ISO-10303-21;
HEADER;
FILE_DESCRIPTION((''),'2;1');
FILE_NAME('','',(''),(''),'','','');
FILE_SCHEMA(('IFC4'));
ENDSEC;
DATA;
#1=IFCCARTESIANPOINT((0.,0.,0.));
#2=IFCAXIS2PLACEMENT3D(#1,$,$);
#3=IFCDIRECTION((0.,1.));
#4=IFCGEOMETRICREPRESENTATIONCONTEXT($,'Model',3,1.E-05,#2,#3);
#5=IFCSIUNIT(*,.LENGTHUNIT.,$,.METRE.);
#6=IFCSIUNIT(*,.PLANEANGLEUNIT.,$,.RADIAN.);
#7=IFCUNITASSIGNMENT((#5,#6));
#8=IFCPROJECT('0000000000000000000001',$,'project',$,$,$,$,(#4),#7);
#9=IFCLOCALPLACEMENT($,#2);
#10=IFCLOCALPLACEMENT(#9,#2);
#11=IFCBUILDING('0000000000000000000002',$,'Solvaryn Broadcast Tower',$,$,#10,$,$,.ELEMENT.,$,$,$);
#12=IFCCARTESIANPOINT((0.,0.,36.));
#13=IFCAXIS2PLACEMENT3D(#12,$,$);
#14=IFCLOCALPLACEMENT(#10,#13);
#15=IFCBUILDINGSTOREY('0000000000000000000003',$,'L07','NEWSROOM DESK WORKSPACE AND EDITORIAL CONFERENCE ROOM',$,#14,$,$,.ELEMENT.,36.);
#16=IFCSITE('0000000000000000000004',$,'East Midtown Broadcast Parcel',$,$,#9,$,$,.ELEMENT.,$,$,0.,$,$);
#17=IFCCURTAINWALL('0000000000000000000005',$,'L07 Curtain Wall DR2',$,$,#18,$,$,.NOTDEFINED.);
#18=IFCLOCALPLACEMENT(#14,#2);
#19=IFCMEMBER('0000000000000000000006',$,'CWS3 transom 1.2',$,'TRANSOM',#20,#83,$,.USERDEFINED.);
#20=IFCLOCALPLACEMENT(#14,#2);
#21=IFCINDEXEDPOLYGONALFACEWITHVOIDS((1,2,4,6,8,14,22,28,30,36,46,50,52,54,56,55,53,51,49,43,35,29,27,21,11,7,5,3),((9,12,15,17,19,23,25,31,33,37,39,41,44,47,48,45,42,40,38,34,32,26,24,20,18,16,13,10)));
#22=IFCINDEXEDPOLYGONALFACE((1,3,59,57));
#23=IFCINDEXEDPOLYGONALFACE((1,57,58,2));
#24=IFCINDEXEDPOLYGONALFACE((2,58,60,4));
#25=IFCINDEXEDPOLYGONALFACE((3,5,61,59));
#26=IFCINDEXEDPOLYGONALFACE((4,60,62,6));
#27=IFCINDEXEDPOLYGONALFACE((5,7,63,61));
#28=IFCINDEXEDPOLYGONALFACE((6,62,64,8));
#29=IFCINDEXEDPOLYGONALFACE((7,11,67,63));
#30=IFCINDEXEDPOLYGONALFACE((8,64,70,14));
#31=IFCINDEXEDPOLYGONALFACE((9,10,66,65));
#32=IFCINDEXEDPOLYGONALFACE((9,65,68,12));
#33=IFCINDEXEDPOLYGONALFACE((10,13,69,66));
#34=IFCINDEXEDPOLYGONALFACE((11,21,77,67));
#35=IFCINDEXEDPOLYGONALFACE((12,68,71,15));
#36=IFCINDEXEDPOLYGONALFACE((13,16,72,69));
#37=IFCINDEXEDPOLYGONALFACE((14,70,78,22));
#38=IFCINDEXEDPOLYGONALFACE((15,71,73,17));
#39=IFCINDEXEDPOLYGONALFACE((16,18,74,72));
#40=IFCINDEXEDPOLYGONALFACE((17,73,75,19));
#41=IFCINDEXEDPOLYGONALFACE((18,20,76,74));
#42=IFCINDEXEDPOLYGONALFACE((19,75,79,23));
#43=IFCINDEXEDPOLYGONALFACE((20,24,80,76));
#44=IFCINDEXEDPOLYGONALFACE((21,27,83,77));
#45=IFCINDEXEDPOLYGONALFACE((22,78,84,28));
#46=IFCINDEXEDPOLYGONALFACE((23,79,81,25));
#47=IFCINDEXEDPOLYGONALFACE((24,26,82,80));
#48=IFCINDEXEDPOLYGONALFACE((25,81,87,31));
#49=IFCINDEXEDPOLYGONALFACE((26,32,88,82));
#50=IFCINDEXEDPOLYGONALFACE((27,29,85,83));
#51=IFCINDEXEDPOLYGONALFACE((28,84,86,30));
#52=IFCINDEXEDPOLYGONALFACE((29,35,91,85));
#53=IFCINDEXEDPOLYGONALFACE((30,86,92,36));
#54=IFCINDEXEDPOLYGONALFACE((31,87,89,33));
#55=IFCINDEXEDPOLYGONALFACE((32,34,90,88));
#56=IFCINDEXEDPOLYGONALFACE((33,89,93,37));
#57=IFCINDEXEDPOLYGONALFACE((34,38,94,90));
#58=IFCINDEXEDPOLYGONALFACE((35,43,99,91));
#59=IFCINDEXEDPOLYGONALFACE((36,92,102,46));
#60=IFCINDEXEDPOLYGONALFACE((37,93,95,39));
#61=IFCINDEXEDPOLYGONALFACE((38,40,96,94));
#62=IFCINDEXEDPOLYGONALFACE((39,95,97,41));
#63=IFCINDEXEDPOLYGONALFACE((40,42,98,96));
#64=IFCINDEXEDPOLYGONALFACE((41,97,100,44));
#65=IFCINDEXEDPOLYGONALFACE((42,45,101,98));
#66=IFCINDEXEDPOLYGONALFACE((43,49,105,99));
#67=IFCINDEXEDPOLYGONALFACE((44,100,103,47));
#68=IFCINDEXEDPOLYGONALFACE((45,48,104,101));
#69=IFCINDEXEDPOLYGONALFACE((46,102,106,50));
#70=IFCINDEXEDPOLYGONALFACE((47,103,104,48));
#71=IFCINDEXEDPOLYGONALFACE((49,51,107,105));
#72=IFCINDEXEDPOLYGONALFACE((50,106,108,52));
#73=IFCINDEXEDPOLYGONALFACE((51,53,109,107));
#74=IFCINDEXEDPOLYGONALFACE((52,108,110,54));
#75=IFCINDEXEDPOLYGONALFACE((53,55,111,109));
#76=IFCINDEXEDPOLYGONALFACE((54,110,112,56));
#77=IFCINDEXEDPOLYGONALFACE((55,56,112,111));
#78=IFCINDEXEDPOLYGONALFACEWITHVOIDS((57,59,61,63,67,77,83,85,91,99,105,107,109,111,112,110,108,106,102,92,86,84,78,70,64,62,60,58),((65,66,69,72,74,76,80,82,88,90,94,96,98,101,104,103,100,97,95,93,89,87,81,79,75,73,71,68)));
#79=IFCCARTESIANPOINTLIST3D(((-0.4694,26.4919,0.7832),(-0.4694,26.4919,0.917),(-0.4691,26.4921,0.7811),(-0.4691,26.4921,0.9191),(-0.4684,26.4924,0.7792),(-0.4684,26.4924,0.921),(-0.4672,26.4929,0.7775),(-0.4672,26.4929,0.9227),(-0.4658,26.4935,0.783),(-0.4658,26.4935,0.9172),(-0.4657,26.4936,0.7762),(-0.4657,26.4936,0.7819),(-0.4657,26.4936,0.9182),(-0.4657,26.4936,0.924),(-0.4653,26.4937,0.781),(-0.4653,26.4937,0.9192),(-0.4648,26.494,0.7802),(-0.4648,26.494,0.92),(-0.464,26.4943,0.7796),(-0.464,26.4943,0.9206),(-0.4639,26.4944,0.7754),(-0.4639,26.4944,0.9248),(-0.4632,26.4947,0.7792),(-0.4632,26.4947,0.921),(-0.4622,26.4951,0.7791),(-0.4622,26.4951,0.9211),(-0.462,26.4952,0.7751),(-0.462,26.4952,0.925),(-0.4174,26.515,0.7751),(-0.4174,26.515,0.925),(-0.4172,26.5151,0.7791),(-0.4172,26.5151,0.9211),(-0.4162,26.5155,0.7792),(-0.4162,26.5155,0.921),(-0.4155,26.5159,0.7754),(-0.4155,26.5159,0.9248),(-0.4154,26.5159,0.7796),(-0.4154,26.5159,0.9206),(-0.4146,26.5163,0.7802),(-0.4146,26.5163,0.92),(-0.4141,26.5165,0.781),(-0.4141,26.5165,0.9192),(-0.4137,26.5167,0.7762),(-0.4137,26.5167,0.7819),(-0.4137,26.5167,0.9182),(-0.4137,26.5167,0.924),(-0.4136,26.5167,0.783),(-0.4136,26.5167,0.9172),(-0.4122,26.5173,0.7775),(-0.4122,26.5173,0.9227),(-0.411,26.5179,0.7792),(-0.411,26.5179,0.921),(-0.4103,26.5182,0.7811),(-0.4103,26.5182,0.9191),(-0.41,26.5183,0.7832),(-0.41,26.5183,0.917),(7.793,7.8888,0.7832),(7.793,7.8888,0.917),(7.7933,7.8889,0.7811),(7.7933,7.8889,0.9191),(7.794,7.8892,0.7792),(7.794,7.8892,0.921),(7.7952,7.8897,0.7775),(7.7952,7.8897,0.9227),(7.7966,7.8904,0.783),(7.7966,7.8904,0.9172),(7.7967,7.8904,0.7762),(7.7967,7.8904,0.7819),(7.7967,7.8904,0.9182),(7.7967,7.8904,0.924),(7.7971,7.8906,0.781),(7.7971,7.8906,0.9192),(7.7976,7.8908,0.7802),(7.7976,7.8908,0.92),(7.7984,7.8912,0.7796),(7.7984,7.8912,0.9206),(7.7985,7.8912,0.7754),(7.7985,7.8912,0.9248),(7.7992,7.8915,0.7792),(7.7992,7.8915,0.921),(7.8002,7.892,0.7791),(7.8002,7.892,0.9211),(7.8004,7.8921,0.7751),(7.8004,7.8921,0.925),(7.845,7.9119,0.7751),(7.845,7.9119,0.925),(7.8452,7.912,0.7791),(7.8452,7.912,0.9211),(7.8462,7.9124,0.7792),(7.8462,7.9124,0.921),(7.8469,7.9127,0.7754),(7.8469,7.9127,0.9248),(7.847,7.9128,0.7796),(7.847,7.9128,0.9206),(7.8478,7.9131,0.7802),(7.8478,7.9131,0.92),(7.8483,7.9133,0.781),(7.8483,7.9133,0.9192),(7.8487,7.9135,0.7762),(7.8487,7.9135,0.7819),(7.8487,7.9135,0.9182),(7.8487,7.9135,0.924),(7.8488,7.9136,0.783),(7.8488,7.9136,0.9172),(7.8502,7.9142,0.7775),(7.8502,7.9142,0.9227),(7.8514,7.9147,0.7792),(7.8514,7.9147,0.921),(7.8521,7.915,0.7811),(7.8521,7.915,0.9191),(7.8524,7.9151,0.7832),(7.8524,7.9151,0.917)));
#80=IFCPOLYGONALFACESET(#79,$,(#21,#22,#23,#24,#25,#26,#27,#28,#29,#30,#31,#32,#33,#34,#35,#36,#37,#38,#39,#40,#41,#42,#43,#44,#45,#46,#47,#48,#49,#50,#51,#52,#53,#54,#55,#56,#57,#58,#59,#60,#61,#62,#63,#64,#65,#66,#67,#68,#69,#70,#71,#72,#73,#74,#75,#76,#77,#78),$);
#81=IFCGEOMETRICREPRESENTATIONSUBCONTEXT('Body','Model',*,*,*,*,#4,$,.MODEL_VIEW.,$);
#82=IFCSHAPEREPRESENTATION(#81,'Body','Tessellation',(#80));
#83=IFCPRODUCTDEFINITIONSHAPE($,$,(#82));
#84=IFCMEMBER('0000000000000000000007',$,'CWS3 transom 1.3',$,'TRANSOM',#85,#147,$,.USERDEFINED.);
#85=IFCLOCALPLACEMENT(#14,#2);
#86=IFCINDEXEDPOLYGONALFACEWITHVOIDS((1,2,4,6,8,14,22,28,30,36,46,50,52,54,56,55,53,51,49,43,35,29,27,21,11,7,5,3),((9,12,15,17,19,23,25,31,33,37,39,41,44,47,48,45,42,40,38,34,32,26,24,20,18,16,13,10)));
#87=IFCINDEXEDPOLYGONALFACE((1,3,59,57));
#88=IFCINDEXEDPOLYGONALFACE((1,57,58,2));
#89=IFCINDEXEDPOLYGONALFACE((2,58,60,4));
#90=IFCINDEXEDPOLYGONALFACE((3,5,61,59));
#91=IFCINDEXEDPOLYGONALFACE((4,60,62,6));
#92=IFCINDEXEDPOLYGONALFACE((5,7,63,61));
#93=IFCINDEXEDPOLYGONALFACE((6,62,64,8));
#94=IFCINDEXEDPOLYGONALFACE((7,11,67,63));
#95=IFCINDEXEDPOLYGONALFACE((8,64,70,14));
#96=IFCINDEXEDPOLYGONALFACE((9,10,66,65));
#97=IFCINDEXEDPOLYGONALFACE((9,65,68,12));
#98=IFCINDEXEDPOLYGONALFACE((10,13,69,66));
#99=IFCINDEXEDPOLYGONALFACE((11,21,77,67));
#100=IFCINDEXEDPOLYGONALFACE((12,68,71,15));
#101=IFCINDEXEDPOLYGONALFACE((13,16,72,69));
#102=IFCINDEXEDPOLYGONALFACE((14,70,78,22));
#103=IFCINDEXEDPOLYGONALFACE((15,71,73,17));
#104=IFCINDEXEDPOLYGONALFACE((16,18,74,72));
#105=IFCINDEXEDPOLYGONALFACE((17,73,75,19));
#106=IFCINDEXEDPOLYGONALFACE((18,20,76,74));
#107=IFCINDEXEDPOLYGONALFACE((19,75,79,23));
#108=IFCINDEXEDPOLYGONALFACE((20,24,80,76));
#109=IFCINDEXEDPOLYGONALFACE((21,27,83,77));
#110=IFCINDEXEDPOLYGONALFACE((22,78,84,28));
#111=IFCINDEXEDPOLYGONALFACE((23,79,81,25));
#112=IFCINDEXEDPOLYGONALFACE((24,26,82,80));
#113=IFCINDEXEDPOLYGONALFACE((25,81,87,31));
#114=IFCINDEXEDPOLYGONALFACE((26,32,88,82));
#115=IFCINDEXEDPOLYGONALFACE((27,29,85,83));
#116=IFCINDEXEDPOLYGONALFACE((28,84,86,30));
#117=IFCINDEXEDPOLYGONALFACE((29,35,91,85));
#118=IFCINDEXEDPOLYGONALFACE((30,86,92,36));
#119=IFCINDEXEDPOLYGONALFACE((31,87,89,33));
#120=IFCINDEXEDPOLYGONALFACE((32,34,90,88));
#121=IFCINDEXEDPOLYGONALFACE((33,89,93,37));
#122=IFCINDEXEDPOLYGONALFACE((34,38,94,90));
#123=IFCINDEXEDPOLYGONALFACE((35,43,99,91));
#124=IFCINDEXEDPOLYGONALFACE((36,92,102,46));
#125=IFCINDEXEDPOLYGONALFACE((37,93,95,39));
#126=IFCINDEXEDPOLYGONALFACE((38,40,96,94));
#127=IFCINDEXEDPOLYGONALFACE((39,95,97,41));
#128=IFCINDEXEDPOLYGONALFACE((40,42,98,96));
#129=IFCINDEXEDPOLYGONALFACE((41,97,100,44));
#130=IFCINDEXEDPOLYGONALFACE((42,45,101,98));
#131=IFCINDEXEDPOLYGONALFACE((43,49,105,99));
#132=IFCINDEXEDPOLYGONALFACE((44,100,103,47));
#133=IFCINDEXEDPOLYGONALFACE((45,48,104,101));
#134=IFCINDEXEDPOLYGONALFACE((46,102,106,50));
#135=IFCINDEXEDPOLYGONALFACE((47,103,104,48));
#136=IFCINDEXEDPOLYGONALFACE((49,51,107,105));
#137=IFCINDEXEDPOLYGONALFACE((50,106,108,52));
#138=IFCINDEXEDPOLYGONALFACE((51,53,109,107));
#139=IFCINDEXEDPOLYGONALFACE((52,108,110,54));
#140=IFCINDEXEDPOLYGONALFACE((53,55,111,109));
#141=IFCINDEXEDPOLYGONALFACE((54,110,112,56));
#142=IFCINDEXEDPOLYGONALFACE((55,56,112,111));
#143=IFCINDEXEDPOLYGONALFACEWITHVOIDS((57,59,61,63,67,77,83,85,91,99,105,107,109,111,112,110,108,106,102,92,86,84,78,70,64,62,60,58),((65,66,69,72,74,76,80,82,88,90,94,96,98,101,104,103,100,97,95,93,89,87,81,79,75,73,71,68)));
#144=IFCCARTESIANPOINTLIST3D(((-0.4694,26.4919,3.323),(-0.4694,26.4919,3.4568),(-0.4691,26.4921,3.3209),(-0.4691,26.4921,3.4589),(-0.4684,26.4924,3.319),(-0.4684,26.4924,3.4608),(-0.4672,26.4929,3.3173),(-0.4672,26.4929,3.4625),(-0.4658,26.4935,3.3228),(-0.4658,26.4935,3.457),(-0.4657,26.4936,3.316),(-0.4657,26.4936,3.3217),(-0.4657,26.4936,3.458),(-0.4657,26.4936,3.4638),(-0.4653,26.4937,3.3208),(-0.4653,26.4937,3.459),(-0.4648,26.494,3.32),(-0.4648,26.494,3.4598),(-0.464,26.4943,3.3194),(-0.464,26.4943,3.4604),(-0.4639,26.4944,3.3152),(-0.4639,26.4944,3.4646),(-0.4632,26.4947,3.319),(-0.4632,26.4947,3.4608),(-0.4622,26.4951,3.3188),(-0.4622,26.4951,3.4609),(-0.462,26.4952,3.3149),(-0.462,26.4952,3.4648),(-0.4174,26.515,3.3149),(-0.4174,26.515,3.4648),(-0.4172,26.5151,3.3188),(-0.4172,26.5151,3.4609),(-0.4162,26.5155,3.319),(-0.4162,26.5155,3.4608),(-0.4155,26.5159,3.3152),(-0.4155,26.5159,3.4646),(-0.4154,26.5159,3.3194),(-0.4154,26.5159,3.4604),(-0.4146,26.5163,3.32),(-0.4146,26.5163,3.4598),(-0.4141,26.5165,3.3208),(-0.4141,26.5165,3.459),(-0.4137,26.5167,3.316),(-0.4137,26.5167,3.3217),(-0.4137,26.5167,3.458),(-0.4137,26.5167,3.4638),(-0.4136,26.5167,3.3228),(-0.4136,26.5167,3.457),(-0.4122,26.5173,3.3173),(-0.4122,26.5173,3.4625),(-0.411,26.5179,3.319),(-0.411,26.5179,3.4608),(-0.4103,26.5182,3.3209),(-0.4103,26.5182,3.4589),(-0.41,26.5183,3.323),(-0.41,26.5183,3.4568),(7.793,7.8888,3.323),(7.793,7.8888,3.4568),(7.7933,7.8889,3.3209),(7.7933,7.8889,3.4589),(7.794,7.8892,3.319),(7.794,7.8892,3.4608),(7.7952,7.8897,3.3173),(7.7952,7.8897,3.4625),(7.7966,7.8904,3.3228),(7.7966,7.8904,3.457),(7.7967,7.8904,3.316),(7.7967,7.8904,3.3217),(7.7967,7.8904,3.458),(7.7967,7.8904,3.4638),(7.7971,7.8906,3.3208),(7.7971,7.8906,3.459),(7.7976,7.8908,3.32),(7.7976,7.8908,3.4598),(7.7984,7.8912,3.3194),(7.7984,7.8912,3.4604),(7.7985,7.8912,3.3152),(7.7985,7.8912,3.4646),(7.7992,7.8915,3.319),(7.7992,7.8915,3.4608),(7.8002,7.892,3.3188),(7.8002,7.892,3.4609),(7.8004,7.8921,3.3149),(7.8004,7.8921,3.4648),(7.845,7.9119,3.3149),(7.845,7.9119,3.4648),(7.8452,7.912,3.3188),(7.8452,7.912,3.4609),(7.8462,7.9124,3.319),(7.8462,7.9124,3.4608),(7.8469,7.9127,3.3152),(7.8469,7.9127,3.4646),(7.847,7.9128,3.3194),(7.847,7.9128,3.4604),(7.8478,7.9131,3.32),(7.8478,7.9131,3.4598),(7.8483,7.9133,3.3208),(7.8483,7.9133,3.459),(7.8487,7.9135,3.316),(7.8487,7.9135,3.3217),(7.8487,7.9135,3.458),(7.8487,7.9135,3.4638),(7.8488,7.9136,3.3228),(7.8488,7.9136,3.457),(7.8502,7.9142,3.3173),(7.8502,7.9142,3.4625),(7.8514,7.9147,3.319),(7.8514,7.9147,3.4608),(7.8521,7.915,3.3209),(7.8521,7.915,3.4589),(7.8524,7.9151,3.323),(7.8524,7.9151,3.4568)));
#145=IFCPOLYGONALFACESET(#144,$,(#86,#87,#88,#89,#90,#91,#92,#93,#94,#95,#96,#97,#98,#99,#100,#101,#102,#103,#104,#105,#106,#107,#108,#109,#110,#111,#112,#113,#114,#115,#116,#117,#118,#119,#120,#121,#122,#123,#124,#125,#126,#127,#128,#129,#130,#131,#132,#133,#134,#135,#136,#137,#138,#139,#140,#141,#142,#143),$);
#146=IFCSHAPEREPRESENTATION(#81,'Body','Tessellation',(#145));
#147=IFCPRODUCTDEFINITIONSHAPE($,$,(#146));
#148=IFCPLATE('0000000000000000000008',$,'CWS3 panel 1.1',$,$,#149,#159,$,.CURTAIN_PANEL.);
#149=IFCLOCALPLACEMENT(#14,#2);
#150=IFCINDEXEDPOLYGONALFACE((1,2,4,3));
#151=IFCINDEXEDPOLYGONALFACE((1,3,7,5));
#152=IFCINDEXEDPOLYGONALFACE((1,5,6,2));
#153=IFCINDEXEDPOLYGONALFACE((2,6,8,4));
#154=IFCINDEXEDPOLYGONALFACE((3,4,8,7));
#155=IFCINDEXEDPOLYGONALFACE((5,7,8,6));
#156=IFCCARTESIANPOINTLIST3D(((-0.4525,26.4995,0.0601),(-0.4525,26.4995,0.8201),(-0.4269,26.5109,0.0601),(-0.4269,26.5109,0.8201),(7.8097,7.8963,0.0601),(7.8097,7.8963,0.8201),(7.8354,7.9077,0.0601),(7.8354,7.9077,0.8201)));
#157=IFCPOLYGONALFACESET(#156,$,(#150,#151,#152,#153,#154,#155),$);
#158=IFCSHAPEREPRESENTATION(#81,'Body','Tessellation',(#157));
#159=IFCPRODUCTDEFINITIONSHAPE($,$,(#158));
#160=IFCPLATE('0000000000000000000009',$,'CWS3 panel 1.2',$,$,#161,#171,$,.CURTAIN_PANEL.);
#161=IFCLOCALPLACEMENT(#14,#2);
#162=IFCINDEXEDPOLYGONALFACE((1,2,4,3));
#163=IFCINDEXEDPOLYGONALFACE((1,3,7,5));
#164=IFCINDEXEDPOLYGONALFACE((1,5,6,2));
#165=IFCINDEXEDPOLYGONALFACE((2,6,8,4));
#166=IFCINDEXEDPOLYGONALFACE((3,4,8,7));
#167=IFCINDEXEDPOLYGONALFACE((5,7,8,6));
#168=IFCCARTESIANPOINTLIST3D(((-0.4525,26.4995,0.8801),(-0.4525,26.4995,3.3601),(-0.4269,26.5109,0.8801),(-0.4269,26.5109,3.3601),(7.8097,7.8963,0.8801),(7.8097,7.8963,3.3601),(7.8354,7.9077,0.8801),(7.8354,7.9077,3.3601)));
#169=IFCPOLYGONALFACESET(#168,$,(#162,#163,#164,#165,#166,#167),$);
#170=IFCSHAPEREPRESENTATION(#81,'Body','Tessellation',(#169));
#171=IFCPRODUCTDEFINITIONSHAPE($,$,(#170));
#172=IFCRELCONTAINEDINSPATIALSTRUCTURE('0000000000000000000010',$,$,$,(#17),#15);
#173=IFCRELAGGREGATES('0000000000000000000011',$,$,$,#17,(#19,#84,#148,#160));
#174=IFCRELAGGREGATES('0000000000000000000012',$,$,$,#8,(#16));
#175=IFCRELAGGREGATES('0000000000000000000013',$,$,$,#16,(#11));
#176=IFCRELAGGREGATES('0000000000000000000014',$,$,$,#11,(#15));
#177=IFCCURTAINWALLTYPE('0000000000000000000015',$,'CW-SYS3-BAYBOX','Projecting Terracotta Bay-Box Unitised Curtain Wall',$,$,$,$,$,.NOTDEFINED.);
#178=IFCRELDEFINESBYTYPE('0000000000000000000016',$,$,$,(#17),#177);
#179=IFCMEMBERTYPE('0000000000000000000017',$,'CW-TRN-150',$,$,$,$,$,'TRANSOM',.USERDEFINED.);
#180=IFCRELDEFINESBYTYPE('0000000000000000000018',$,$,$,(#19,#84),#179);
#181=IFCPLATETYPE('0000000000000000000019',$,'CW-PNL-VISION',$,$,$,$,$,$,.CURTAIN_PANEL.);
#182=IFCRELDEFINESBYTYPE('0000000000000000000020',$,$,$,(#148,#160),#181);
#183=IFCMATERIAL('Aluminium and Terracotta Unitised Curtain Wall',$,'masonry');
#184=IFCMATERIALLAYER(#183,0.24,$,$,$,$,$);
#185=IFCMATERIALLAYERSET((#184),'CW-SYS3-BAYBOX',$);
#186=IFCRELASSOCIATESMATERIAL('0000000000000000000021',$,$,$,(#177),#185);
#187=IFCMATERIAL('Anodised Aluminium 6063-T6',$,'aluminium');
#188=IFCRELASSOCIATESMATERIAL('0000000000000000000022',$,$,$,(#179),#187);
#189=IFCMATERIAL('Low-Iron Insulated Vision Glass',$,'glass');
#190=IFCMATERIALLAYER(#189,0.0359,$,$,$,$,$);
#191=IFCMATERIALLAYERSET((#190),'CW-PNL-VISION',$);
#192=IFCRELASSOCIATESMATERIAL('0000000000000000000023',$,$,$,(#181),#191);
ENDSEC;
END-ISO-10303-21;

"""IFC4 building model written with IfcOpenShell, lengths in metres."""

from ifc_helpers import new_model, si_unit, direction, frame, origin, origin_2d, place, context, subcontext, project, spatial, rectangle, hollow_rectangle, extrude, material, layer, layer_set, material_profile, profile_set, type_object, element, aggregate, save


model = new_model("IFC4")

# Units and contexts
model_context = context("Model", 3, precision=1e-05, world=origin(), true_north=direction((0.0, 1.0)))
body_context = subcontext(model_context, "Body", "Model", "MODEL_VIEW")
ifc_project = project(units=[si_unit("LENGTHUNIT", "METRE"), si_unit("PLANEANGLEUNIT", "RADIAN")], contexts=[model_context])

# Site, building, storey
site_placement = place(None, origin())
site = spatial("IfcSite", under=ifc_project, at=site_placement, Name="East Midtown Broadcast Parcel", CompositionType="ELEMENT", RefElevation=0.0)
building_placement = place(site_placement, origin())
building = spatial("IfcBuilding", under=site, at=building_placement, Name="Solvaryn Broadcast Tower", CompositionType="ELEMENT")
storey_placement = place(building_placement, frame((0.0, 0.0, 36.0)))
storey = spatial("IfcBuildingStorey", under=building, at=storey_placement, Name="L07", Description="NEWSROOM DESK WORKSPACE AND EDITORIAL CONFERENCE ROOM", CompositionType="ELEMENT", Elevation=36.0)

# Curtain wall, members, plates
ifc_material_1 = material(Name="Aluminium and Terracotta Unitised Curtain Wall", Category="masonry")
ifc_layer_1 = layer(ifc_material_1, 0.24)
ifc_layer_set_1 = layer_set([ifc_layer_1], Name="CW-SYS3-BAYBOX")
curtain_wall_type_1 = type_object("IfcCurtainWallType", Name="CW-SYS3-BAYBOX", Description="Projecting Terracotta Bay-Box Unitised Curtain Wall", PredefinedType="NOTDEFINED", material=ifc_layer_set_1)
curtain_wall_1_placement = place(storey_placement, origin())
curtain_wall_1 = element("IfcCurtainWall", 1, at=curtain_wall_1_placement, inside=storey, type_object=curtain_wall_type_1, Name="L07 Curtain Wall DR2", PredefinedType="NOTDEFINED")
ifc_material_2 = material(Name="Anodised Aluminium 6063-T6", Category="aluminium")
ifc_material_profile_1 = material_profile(ifc_material_2, hollow_rectangle(XDim=0.0649, YDim=0.1499, WallThickness=0.0039, InnerFilletRadius=0.0039, OuterFilletRadius=0.0081, at=origin_2d()))
ifc_profile_set_1 = profile_set([ifc_material_profile_1], Name="Anodised Aluminium 6063-T6")
member_type_1 = type_object("IfcMemberType", Name="CW-TRN-150", ElementType="TRANSOM", PredefinedType="USERDEFINED", material=ifc_profile_set_1)
member_1_placement = place(storey_placement, frame((-0.4397, 26.5051, 0.8501), z_axis=(0.405906, -0.913915, 0.0), x_axis=(0.913915, 0.405906, 0.0)))
member_1 = element("IfcMember", 2, at=member_1_placement, type_object=member_type_1, Name="CWS3 transom 1.2", ObjectType="TRANSOM", PredefinedType="USERDEFINED", context=body_context, shape_type="SweptSolid", body=[
    extrude(hollow_rectangle(XDim=0.0649, YDim=0.1499, WallThickness=0.0039, InnerFilletRadius=0.0039, OuterFilletRadius=0.0081, at=origin_2d()), origin(), (0.0, 0.0, 1.0), 20.3555),
])
member_2_placement = place(storey_placement, frame((-0.4397, 26.5051, 3.3899), z_axis=(0.405906, -0.913915, 0.0), x_axis=(0.913915, 0.405906, 0.0)))
member_2 = element("IfcMember", 3, at=member_2_placement, type_object=member_type_1, Name="CWS3 transom 1.3", ObjectType="TRANSOM", PredefinedType="USERDEFINED", context=body_context, shape_type="SweptSolid", body=[
    extrude(hollow_rectangle(XDim=0.0649, YDim=0.1499, WallThickness=0.0039, InnerFilletRadius=0.0039, OuterFilletRadius=0.0081, at=origin_2d()), origin(), (0.0, 0.0, 1.0), 20.3555),
])
ifc_material_3 = material(Name="Low-Iron Insulated Vision Glass", Category="glass")
ifc_layer_2 = layer(ifc_material_3, 0.0359)
ifc_layer_set_2 = layer_set([ifc_layer_2], Name="CW-PNL-VISION")
plate_type = type_object("IfcPlateType", Name="CW-PNL-VISION", PredefinedType="CURTAIN_PANEL", material=ifc_layer_set_2)
plate_1_placement = place(storey_placement, frame((3.6914, 17.2036, 0.0601), z_axis=(0.0, 0.0, 1.0), x_axis=(0.405898, -0.913918, 0.0)))
plate_1 = element("IfcPlate", 4, at=plate_1_placement, type_object=plate_type, Name="CWS3 panel 1.1", PredefinedType="CURTAIN_PANEL", context=body_context, shape_type="SweptSolid", body=[
    extrude(rectangle(XDim=20.3555, YDim=0.0281, at=origin_2d()), origin(), (0.0, 0.0, 1.0), 0.76),
])
plate_2_placement = place(storey_placement, frame((3.6914, 17.2036, 0.8801), z_axis=(0.0, 0.0, 1.0), x_axis=(0.405898, -0.913918, 0.0)))
plate_2 = element("IfcPlate", 5, at=plate_2_placement, type_object=plate_type, Name="CWS3 panel 1.2", PredefinedType="CURTAIN_PANEL", context=body_context, shape_type="SweptSolid", body=[
    extrude(rectangle(XDim=20.3555, YDim=0.0281, at=origin_2d()), origin(), (0.0, 0.0, 1.0), 2.48),
])
aggregate(curtain_wall_1, [member_1, member_2, plate_1, plate_2])

save(model, "model.ifc")
